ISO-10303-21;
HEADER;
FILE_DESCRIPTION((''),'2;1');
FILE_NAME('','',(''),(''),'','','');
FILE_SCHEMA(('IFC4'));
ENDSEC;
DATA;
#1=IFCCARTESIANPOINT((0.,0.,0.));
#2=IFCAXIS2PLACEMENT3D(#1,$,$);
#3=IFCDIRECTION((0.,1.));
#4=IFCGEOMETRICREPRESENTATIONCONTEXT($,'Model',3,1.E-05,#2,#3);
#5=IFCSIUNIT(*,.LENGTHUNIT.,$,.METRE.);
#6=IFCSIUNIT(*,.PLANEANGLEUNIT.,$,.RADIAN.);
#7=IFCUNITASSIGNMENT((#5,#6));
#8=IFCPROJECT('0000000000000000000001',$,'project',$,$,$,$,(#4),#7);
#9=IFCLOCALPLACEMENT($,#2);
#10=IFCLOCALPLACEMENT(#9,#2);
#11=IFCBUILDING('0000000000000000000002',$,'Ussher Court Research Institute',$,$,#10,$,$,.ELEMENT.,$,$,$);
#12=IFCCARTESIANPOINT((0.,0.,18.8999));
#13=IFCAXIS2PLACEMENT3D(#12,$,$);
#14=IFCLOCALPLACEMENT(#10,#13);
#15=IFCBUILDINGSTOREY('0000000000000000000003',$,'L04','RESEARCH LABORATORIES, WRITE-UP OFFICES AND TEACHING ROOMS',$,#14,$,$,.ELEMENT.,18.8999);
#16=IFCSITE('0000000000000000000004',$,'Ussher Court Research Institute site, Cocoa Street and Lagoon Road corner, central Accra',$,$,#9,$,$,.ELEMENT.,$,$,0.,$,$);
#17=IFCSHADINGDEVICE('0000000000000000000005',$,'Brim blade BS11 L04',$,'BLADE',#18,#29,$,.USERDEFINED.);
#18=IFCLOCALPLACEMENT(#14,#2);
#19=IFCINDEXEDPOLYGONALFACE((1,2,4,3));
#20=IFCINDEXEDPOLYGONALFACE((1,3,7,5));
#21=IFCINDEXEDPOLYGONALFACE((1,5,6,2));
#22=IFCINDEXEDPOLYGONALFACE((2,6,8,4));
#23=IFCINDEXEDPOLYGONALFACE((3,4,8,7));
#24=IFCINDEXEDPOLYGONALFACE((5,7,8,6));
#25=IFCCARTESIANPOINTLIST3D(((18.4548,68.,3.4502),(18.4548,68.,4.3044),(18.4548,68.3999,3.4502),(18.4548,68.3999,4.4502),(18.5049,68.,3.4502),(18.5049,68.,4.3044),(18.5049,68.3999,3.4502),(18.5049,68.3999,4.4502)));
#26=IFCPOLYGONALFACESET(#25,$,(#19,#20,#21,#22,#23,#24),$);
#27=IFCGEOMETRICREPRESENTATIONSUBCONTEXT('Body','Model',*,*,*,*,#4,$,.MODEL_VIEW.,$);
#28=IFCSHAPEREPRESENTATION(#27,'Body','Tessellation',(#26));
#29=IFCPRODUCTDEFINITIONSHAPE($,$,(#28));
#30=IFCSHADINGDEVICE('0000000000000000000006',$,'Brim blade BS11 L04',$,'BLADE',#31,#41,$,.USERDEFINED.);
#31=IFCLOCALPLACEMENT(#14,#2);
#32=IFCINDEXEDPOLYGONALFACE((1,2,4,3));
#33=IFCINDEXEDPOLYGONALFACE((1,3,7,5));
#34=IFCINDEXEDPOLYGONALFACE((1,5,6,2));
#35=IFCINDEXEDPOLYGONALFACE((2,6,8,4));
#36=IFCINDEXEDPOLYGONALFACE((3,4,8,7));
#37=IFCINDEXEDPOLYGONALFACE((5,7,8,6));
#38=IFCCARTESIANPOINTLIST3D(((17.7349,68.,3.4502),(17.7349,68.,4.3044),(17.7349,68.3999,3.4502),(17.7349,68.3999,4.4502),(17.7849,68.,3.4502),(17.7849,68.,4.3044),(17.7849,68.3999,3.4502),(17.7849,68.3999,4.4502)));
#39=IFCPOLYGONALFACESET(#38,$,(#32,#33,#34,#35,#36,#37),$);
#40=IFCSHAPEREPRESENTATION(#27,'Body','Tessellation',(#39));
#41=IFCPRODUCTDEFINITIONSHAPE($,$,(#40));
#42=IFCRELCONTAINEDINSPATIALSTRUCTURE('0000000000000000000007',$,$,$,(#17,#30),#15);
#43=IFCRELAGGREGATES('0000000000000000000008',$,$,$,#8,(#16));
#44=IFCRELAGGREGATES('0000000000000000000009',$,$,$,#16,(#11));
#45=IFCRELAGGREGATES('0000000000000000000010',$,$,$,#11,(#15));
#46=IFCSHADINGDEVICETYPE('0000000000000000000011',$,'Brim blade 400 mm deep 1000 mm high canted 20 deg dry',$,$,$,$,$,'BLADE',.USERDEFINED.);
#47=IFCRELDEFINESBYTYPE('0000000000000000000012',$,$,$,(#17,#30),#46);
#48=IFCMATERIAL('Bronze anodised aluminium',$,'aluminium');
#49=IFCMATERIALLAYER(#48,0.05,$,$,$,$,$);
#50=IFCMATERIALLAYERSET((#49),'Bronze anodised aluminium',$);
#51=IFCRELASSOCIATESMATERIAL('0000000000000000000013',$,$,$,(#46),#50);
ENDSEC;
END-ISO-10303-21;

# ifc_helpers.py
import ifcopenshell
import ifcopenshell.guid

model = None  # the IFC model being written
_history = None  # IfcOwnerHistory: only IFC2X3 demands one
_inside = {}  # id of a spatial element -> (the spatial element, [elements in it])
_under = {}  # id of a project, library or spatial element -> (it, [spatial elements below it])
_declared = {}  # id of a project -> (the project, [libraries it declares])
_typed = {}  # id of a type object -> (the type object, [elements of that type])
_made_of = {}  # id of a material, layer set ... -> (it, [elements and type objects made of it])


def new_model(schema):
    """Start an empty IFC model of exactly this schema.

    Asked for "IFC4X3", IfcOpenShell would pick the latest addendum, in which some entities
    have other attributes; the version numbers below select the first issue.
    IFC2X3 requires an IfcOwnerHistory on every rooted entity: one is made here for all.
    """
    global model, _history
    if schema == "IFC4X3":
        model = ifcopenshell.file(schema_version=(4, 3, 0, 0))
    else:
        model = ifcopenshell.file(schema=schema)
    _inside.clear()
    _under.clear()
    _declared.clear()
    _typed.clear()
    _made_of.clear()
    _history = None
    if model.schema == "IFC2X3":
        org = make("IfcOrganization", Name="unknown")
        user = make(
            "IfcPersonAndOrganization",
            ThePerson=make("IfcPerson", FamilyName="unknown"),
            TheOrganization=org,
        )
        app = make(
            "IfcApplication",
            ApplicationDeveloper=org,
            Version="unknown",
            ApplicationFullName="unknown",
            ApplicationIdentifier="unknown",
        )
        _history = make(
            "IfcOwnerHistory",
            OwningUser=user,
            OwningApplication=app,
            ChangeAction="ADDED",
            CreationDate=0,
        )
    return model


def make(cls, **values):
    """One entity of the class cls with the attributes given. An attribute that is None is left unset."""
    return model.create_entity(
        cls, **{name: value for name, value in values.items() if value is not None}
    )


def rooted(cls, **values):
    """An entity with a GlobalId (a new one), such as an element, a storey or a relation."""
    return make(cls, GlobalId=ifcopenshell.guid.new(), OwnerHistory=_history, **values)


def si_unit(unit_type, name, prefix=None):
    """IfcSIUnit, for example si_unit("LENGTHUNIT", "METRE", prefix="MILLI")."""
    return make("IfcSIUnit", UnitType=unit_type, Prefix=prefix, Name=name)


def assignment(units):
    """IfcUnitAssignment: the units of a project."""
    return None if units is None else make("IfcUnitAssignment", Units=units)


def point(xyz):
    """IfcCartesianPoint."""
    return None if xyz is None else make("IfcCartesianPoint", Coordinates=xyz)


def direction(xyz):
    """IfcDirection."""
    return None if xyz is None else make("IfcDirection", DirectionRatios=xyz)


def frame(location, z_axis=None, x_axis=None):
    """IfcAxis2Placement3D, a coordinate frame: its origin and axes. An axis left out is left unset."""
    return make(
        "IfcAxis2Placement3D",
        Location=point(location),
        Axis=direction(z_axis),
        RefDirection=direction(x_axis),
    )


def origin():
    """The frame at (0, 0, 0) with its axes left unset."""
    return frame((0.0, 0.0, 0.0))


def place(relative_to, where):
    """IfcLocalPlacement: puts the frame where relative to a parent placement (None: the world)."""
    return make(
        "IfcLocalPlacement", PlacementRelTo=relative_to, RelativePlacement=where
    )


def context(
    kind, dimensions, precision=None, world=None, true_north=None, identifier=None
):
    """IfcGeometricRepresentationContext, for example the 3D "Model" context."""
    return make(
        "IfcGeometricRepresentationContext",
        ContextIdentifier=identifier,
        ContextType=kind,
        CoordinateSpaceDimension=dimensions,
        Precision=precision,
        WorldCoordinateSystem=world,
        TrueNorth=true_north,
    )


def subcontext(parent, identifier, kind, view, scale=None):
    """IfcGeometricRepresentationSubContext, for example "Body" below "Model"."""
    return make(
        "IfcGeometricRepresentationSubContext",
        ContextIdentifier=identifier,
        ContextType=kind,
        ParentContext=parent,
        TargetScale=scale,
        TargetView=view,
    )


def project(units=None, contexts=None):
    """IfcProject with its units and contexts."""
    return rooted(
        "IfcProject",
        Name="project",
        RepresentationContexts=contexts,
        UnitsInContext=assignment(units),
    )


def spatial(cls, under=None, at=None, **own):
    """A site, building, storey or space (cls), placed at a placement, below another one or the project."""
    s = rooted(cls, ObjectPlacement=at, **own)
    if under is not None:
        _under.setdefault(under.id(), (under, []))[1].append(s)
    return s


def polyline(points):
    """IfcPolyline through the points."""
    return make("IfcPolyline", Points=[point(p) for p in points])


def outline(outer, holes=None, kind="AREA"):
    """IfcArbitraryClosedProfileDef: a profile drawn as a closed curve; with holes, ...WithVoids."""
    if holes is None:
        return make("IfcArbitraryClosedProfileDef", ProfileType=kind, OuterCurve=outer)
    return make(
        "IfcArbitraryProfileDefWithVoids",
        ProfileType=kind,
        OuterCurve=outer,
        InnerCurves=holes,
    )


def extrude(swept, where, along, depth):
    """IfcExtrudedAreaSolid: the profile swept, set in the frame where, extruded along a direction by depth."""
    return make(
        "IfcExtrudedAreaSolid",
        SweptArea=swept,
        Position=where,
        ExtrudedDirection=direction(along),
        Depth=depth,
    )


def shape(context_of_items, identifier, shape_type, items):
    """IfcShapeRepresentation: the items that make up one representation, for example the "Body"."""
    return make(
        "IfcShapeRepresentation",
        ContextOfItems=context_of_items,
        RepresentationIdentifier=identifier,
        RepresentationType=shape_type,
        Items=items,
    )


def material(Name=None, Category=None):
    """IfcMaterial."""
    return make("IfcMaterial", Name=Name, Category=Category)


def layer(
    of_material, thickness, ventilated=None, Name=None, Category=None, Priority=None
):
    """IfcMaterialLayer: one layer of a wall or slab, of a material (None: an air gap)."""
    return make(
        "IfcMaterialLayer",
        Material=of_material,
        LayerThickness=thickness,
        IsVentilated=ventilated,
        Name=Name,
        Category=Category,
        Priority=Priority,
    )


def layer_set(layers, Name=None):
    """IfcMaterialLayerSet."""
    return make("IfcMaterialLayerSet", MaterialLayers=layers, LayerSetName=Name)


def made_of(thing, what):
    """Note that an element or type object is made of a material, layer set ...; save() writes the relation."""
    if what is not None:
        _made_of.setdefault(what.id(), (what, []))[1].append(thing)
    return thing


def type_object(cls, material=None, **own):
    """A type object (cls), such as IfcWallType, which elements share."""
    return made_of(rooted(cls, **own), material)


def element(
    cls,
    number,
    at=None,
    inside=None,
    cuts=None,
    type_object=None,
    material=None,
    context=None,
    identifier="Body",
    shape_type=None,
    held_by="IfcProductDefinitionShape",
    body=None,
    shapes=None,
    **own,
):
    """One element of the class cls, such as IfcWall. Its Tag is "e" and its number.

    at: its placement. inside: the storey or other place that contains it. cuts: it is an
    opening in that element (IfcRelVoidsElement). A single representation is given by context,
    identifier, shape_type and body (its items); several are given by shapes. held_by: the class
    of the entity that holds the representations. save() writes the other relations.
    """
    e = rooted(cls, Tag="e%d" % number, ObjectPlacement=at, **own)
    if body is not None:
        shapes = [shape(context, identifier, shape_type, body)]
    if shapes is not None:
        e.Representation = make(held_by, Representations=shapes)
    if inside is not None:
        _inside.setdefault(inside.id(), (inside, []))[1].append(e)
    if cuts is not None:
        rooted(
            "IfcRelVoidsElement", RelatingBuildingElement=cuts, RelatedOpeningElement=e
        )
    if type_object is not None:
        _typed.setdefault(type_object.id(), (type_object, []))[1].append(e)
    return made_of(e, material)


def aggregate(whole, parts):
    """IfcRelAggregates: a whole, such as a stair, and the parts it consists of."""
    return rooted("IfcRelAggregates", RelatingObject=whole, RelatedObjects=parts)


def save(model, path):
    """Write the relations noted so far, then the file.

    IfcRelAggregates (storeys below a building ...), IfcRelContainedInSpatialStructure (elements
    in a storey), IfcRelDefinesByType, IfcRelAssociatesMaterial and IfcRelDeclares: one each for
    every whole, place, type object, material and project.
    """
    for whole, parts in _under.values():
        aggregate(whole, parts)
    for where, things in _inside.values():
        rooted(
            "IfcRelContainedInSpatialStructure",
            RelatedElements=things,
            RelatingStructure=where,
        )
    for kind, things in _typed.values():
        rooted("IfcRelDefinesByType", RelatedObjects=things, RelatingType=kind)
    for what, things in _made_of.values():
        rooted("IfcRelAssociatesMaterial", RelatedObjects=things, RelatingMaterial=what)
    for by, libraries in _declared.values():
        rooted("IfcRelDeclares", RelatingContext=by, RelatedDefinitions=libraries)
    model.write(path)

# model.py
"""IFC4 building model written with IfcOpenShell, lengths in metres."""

from ifc_helpers import new_model, si_unit, direction, frame, origin, place, context, subcontext, project, spatial, polyline, outline, extrude, material, layer, layer_set, type_object, element, save


model = new_model("IFC4")

# Units and contexts
model_context = context("Model", 3, precision=1e-05, world=origin(), true_north=direction((0.0, 1.0)))
body_context = subcontext(model_context, "Body", "Model", "MODEL_VIEW")
ifc_project = project(units=[si_unit("LENGTHUNIT", "METRE"), si_unit("PLANEANGLEUNIT", "RADIAN")], contexts=[model_context])

# Site, building, storey
site_placement = place(None, origin())
site = spatial("IfcSite", under=ifc_project, at=site_placement, Name="Ussher Court Research Institute site, Cocoa Street and Lagoon Road corner, central Accra", CompositionType="ELEMENT", RefElevation=0.0)
building_placement = place(site_placement, origin())
building = spatial("IfcBuilding", under=site, at=building_placement, Name="Ussher Court Research Institute", CompositionType="ELEMENT")
storey_placement = place(building_placement, frame((0.0, 0.0, 18.8999)))
storey = spatial("IfcBuildingStorey", under=building, at=storey_placement, Name="L04", Description="RESEARCH LABORATORIES, WRITE-UP OFFICES AND TEACHING ROOMS", CompositionType="ELEMENT", Elevation=18.8999)

# Shading devices
ifc_material_1 = material(Name="Bronze anodised aluminium", Category="aluminium")
ifc_layer_1 = layer(ifc_material_1, 0.05)
ifc_layer_set_1 = layer_set([ifc_layer_1], Name="Bronze anodised aluminium")
shading_device_type_1 = type_object("IfcShadingDeviceType", Name="Brim blade 400 mm deep 1000 mm high canted 20 deg dry", ElementType="BLADE", PredefinedType="USERDEFINED", material=ifc_layer_set_1)
for number, where, z_axis, x_axis, name in (
    (1, (18.48, 68.3999, 3.4502), (0.0, 0.0, 1.0), (0.0, -1.0, 0.0), "Brim blade BS11 L04"),
    (2, (17.76, 68.3999, 3.4502), (0.0, 0.0, 1.0), (0.0, -1.0, 0.0), "Brim blade BS11 L04"),
):
    element("IfcShadingDevice", number, at=place(storey_placement, frame(where, z_axis=z_axis, x_axis=x_axis)), inside=storey, type_object=shading_device_type_1, Name=name, ObjectType="BLADE", PredefinedType="USERDEFINED", context=body_context, shape_type="SweptSolid", body=[
        extrude(outline(polyline([(0.0, 0.0), (0.3999, 0.0), (0.3999, 0.8542), (0.0, 1.0), (0.0, 0.0)])), frame((0.0, 0.0249, 0.0), z_axis=(0.0, -1.0, 0.0), x_axis=(1.0, 0.0, 0.0)), (0.0, 0.0, 1.0), 0.05),
    ])

save(model, "model.ifc")
